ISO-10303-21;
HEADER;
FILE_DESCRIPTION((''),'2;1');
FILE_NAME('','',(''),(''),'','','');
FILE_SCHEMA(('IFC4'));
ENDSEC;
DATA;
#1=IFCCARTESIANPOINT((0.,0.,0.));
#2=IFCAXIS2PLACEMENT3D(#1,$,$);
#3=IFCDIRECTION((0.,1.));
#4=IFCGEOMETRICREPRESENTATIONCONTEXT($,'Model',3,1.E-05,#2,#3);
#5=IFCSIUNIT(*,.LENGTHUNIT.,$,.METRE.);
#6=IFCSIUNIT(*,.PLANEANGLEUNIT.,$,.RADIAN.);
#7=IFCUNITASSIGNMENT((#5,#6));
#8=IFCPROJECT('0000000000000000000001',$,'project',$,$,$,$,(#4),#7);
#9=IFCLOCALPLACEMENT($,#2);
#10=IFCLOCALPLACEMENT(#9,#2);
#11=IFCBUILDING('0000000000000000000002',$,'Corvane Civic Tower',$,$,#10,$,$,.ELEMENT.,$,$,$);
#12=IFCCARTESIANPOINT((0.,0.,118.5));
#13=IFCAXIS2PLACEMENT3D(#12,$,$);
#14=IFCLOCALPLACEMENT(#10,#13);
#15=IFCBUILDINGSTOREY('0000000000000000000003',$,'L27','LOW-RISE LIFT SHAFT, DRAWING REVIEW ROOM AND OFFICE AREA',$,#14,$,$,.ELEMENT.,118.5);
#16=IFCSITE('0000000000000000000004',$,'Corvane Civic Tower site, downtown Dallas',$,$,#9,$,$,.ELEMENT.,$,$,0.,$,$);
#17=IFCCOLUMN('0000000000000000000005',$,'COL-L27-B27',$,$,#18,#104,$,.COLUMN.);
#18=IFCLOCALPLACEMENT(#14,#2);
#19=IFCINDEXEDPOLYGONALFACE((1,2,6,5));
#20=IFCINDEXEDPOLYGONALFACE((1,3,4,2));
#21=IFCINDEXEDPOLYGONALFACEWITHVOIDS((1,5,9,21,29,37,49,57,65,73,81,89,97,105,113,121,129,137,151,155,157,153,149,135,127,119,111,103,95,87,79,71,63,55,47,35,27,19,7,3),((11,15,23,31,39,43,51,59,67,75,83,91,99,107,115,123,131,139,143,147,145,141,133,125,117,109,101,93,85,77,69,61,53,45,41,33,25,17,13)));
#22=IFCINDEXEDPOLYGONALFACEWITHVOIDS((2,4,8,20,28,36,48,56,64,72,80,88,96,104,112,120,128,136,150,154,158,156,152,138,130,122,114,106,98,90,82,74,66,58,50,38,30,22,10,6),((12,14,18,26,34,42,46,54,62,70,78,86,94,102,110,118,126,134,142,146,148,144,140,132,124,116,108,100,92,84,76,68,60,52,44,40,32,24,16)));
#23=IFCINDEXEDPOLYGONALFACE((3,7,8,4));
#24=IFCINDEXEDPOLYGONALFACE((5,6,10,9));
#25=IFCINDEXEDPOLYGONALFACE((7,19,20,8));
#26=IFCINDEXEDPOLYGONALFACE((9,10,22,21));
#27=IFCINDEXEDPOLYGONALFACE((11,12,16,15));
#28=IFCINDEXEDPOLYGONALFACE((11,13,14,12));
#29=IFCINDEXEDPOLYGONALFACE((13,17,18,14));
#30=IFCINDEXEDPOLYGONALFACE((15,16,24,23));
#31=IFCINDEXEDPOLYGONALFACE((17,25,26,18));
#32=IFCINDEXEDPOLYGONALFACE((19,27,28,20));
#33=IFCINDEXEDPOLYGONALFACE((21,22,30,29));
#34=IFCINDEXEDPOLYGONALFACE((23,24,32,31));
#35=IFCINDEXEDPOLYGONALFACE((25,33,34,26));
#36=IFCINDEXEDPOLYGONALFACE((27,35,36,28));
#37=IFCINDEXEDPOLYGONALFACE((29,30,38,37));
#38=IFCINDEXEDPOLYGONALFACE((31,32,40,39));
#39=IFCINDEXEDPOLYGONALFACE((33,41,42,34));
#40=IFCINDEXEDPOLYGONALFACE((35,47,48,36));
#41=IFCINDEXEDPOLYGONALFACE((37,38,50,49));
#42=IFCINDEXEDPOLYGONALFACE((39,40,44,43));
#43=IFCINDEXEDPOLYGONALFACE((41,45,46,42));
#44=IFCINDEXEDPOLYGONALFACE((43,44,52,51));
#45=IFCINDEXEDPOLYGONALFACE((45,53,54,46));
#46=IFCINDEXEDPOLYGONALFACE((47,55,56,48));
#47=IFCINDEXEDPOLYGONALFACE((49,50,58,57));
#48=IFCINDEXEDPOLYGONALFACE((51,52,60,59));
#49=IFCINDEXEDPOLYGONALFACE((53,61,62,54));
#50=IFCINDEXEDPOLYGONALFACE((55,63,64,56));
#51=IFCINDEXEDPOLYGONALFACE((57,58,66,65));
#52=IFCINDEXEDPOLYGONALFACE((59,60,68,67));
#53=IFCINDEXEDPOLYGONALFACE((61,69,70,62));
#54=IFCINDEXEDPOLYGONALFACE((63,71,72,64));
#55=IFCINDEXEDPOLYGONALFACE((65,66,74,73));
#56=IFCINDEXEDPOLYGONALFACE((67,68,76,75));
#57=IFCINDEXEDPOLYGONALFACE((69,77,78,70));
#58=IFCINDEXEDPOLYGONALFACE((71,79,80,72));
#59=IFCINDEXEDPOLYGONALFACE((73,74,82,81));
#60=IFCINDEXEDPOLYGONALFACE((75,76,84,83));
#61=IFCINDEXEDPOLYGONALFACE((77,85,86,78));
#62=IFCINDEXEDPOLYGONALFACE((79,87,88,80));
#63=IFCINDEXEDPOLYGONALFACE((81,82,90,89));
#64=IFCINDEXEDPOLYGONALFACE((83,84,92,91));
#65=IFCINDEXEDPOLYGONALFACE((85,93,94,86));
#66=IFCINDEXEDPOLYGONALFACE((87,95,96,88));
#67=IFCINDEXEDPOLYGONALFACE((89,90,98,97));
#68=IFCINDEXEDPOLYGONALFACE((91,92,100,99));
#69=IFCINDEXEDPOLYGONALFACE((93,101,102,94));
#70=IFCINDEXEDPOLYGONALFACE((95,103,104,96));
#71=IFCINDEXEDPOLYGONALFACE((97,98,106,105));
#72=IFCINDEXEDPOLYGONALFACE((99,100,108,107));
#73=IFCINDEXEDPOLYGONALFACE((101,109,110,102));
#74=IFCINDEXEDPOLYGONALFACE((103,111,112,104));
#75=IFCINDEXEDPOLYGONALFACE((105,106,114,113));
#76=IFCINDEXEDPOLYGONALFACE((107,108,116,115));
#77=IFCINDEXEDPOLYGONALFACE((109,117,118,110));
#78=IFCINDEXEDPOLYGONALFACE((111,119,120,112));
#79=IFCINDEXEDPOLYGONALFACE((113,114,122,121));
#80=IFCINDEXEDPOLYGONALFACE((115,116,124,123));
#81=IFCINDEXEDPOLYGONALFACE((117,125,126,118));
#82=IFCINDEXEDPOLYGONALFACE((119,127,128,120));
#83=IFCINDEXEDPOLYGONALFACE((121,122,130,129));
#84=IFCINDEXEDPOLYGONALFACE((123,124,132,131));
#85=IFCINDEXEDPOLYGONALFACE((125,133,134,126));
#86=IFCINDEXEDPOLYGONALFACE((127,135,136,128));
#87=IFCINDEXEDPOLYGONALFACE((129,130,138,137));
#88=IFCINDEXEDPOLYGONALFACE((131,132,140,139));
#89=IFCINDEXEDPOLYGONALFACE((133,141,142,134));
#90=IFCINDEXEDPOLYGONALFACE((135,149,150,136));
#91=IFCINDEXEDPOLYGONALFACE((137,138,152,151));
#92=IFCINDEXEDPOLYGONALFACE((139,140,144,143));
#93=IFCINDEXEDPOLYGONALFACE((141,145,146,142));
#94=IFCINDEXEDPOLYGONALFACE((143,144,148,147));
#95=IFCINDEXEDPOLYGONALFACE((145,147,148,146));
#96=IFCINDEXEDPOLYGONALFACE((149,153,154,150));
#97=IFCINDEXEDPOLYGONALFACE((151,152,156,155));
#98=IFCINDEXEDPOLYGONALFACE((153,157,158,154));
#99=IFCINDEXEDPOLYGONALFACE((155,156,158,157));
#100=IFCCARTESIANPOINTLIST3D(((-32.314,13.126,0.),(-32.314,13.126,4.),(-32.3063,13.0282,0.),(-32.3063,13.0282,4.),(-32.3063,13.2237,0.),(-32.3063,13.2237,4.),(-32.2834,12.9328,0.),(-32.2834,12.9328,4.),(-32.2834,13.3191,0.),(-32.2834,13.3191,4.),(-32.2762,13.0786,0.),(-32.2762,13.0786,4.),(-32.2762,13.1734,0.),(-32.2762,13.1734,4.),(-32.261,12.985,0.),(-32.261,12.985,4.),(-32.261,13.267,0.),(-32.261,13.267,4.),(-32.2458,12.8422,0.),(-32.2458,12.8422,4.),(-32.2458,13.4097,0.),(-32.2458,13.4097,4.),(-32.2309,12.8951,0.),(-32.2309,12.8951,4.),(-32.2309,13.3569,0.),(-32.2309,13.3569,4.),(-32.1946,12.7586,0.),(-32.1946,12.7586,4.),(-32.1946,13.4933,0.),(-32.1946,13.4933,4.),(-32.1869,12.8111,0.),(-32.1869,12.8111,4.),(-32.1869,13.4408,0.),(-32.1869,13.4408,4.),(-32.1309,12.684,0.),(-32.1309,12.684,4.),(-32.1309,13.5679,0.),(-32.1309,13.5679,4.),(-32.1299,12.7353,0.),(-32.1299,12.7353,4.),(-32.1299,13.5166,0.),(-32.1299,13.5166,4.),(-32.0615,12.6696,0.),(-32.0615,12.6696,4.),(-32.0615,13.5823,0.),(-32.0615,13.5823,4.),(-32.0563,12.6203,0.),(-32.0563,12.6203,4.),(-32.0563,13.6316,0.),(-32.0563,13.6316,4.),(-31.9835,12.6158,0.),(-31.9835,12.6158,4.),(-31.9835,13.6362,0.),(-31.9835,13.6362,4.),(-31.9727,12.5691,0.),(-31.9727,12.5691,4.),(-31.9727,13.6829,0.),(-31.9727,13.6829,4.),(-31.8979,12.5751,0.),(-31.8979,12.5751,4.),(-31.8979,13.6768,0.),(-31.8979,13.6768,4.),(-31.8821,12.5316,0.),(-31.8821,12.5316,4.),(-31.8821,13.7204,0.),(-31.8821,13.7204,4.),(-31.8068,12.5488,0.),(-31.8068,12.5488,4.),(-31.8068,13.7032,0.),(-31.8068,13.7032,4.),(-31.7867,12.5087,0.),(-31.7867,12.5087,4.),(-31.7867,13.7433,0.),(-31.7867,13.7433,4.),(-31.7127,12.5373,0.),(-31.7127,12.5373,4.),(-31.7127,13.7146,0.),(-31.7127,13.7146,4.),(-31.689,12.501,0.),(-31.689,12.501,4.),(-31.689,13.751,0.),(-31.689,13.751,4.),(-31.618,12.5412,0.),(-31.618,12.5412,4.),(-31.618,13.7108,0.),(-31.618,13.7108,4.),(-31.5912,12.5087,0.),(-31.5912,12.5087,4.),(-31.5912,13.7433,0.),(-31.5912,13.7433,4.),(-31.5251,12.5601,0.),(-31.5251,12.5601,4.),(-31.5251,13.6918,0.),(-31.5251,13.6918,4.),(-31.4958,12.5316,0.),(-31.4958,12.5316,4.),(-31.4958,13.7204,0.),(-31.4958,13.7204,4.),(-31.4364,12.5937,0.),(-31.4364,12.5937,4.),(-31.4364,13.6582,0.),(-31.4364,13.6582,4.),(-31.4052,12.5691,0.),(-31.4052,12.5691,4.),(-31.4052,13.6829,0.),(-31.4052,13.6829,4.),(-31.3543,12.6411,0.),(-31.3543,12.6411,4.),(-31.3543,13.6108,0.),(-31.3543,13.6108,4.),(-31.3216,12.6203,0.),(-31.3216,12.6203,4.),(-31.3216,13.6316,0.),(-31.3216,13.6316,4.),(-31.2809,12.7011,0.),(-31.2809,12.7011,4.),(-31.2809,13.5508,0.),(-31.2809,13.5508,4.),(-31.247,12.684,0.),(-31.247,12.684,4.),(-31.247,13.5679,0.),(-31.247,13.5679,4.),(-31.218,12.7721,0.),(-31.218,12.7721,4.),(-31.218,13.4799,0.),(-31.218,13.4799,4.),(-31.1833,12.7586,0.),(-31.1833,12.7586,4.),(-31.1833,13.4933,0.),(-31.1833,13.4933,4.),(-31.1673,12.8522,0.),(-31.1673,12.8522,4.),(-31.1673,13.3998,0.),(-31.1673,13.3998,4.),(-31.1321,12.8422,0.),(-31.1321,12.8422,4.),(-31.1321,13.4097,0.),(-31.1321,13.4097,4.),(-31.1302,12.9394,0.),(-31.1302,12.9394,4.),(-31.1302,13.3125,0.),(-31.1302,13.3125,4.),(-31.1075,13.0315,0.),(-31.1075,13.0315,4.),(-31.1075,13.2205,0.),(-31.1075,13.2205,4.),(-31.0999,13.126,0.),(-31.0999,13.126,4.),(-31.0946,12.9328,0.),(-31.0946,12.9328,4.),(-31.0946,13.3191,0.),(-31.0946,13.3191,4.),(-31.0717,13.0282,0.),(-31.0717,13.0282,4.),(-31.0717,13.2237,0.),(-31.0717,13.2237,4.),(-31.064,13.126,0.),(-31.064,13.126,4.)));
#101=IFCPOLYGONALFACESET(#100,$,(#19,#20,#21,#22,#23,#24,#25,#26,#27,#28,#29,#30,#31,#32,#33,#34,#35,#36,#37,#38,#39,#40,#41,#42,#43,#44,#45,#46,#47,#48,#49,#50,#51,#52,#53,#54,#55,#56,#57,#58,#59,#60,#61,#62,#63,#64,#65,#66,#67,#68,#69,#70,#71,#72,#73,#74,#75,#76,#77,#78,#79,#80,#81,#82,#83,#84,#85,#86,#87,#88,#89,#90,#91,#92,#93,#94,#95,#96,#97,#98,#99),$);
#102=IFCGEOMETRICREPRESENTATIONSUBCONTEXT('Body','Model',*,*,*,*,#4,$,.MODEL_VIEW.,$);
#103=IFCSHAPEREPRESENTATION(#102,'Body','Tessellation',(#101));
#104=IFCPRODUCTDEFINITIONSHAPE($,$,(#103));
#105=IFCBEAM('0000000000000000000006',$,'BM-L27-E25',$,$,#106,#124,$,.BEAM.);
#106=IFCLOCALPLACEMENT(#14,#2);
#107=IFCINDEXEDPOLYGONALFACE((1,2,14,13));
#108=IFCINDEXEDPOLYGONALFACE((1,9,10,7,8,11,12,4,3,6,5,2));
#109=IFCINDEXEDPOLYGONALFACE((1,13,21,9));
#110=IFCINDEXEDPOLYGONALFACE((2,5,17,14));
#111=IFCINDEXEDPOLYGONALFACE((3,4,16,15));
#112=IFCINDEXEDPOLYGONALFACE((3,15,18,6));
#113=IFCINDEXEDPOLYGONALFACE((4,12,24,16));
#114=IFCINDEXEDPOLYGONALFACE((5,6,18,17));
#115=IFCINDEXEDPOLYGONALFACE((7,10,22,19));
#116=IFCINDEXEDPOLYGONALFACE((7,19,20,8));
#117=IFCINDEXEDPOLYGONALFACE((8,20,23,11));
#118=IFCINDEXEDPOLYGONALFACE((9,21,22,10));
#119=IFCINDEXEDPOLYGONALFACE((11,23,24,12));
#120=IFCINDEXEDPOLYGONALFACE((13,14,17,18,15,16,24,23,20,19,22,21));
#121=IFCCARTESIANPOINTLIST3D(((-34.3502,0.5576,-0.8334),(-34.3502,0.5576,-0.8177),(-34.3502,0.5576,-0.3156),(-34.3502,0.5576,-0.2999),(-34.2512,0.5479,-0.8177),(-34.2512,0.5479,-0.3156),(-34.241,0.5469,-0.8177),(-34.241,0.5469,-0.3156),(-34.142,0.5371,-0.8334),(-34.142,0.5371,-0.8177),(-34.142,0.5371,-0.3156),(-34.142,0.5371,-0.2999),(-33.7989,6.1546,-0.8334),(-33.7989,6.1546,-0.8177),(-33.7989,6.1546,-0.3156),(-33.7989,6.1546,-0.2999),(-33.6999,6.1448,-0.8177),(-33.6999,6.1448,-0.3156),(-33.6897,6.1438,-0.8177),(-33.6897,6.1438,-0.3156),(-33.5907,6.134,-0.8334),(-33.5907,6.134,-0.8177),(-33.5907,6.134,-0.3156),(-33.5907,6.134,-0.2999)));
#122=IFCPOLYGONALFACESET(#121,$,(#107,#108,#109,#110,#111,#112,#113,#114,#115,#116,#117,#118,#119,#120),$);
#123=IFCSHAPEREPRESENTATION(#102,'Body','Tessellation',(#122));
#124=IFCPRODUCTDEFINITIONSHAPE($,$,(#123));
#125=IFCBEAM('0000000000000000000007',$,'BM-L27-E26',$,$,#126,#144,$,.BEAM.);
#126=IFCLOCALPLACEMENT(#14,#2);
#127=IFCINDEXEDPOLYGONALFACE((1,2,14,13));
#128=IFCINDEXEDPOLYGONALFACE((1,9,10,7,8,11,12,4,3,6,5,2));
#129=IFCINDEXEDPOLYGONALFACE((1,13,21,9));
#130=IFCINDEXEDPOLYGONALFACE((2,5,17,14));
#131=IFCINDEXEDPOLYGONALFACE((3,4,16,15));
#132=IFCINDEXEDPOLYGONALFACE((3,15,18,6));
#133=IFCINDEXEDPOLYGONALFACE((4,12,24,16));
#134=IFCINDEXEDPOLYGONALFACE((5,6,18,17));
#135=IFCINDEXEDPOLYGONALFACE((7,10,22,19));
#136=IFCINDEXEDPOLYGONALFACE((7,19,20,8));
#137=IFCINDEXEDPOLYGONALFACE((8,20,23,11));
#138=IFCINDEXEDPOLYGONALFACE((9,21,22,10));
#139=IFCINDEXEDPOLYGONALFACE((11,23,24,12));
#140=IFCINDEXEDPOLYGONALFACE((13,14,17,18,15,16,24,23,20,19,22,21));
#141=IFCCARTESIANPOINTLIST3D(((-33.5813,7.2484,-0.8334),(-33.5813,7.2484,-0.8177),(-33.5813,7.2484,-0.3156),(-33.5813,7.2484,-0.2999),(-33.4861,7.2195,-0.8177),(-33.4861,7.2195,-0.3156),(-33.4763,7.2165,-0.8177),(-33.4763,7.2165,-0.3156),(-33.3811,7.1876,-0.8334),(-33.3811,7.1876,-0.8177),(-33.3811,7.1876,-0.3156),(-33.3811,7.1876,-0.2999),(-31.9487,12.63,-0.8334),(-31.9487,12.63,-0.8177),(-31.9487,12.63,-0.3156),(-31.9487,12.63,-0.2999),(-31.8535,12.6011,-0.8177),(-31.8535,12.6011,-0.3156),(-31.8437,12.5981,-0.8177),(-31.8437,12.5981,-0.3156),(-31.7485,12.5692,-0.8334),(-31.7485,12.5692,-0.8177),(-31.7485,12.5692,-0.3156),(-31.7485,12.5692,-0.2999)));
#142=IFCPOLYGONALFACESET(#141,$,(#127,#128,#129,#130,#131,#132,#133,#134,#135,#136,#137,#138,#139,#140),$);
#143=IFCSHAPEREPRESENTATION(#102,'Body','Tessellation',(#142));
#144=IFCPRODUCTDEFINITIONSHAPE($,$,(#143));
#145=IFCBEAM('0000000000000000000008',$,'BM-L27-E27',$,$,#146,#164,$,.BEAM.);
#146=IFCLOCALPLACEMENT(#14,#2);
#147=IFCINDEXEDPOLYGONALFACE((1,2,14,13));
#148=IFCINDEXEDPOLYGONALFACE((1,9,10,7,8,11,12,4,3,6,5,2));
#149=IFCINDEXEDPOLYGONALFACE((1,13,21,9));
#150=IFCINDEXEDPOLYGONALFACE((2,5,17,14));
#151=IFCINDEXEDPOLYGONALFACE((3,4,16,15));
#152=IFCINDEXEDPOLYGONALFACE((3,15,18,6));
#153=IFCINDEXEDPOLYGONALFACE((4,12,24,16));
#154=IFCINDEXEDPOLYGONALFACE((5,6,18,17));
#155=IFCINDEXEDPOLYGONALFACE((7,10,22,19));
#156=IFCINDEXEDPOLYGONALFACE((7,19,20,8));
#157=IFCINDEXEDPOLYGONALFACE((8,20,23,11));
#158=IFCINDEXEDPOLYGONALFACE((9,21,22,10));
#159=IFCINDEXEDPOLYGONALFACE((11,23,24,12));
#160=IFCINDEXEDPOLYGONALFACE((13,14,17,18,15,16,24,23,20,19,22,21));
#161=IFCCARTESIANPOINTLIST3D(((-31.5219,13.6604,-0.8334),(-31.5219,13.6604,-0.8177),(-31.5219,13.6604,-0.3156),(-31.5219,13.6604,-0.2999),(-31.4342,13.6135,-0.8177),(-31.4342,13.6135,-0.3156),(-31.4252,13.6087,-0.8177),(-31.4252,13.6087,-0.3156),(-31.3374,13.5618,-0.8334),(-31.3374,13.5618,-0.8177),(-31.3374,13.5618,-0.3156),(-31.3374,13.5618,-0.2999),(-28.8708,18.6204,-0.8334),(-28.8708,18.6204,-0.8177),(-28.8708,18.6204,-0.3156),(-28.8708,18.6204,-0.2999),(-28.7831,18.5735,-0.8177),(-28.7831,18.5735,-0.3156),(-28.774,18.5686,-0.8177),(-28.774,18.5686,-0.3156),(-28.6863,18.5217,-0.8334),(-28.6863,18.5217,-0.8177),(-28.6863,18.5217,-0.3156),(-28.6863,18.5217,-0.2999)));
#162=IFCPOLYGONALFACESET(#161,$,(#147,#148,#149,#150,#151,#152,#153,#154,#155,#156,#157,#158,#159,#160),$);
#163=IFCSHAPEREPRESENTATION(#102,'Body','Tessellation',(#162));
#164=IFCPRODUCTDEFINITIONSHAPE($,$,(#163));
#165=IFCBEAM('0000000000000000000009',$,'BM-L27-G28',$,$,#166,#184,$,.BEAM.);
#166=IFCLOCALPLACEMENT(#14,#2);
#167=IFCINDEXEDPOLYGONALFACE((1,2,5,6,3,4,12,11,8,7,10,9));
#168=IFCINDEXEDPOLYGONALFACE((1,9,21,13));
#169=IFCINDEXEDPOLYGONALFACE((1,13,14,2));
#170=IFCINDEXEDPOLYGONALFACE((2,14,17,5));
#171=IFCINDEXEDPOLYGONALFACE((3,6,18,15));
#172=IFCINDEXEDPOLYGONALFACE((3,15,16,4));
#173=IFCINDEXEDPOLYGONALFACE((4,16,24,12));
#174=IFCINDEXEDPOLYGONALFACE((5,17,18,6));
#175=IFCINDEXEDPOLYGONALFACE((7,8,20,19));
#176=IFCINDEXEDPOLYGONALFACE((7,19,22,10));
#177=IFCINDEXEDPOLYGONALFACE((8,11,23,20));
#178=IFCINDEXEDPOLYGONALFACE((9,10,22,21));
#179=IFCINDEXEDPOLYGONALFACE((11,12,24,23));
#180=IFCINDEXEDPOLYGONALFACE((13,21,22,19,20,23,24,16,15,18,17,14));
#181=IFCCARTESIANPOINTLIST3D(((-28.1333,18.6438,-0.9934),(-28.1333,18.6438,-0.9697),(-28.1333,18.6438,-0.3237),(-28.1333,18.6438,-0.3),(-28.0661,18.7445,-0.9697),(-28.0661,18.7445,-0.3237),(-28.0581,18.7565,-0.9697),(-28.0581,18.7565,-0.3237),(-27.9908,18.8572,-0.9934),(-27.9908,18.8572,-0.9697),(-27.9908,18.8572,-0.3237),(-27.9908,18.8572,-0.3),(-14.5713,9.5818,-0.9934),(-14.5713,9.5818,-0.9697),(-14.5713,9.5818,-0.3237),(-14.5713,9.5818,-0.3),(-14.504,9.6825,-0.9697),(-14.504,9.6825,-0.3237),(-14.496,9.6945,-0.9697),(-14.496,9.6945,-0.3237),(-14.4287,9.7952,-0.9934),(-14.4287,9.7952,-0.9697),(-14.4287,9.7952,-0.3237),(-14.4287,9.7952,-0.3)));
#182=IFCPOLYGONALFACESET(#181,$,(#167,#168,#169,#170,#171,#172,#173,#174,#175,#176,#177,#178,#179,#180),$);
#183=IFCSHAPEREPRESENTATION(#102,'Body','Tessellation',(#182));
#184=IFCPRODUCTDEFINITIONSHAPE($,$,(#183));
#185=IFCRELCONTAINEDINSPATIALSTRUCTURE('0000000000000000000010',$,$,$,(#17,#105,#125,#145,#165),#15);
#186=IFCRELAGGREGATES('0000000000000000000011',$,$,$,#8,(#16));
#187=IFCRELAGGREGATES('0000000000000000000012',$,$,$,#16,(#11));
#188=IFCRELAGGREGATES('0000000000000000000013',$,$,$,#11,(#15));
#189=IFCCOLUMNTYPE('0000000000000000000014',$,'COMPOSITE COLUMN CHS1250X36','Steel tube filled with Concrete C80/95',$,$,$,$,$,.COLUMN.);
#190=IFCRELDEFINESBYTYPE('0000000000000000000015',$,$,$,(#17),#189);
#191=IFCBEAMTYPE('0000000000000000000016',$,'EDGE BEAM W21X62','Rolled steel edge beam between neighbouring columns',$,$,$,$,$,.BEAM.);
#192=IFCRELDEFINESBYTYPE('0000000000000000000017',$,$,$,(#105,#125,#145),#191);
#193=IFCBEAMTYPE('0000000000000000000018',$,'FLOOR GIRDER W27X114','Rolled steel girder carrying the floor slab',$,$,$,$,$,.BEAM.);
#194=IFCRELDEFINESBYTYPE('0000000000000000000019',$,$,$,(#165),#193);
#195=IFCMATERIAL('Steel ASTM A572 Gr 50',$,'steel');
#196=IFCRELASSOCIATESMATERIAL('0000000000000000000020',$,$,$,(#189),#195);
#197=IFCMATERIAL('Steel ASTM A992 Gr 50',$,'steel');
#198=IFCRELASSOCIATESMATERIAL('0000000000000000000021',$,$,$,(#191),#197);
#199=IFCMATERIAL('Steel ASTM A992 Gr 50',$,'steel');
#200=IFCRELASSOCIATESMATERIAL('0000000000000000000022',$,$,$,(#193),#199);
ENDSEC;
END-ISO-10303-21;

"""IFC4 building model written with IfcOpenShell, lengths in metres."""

from ifc_helpers import new_model, si_unit, direction, frame, origin, origin_2d, place, context, subcontext, project, spatial, hollow_circle, i_section, extrude, material, material_profile, profile_set, type_object, element, save


model = new_model("IFC4")

# Units and contexts
model_context = context("Model", 3, precision=1e-05, world=origin(), true_north=direction((0.0, 1.0)))
body_context = subcontext(model_context, "Body", "Model", "MODEL_VIEW")
ifc_project = project(units=[si_unit("LENGTHUNIT", "METRE"), si_unit("PLANEANGLEUNIT", "RADIAN")], contexts=[model_context])

# Site, building, storey
site_placement = place(None, origin())
site = spatial("IfcSite", under=ifc_project, at=site_placement, Name="Corvane Civic Tower site, downtown Dallas", CompositionType="ELEMENT", RefElevation=0.0)
building_placement = place(site_placement, origin())
building = spatial("IfcBuilding", under=site, at=building_placement, Name="Corvane Civic Tower", CompositionType="ELEMENT")
storey_placement = place(building_placement, frame((0.0, 0.0, 118.5)))
storey = spatial("IfcBuildingStorey", under=building, at=storey_placement, Name="L27", Description="LOW-RISE LIFT SHAFT, DRAWING REVIEW ROOM AND OFFICE AREA", CompositionType="ELEMENT", Elevation=118.5)

# Column
ifc_material_1 = material(Name="Steel ASTM A572 Gr 50", Category="steel")
ifc_material_profile_1 = material_profile(ifc_material_1, hollow_circle(Radius=0.625, WallThickness=0.0359, at=origin_2d()), Name="CHS1250X36")
ifc_profile_set_1 = profile_set([ifc_material_profile_1], Name="Steel ASTM A572 Gr 50")
column_type = type_object("IfcColumnType", Name="COMPOSITE COLUMN CHS1250X36", Description="Steel tube filled with Concrete C80/95", PredefinedType="COLUMN", material=ifc_profile_set_1)
for number, where, z_axis, x_axis, name in (
    (1, (-31.689, 13.126, 0.0), (0.0, 0.0, 1.0), (1.0, 0.0, 0.0), "COL-L27-B27"),
):
    element("IfcColumn", number, at=place(storey_placement, frame(where, z_axis=z_axis, x_axis=x_axis)), inside=storey, type_object=column_type, Name=name, PredefinedType="COLUMN", context=body_context, shape_type="SweptSolid", body=[
        extrude(hollow_circle(Radius=0.625, WallThickness=0.0359, at=origin_2d()), origin(), (0.0, 0.0, 1.0), 4.0),
    ])

# Beams
ifc_material_2 = material(Name="Steel ASTM A992 Gr 50", Category="steel")
ifc_material_profile_2 = material_profile(ifc_material_2, i_section(OverallWidth=0.2092, OverallDepth=0.5334, WebThickness=0.0103, FlangeThickness=0.0156, at=origin_2d()), Name="W21X62")
ifc_profile_set_2 = profile_set([ifc_material_profile_2], Name="Steel ASTM A992 Gr 50")
beam_type_1 = type_object("IfcBeamType", Name="EDGE BEAM W21X62", Description="Rolled steel edge beam between neighbouring columns", PredefinedType="BEAM", material=ifc_profile_set_2)
beam_1_placement = place(storey_placement, frame((-34.2461, 0.5474, -0.5667), z_axis=(0.098021, 0.995184, 0.0), x_axis=(-0.995184, 0.098021, 0.0)))
element("IfcBeam", 2, at=beam_1_placement, inside=storey, type_object=beam_type_1, Name="BM-L27-E25", PredefinedType="BEAM", context=body_context, shape_type="SweptSolid", body=[
    extrude(i_section(OverallWidth=0.2092, OverallDepth=0.5334, WebThickness=0.0103, FlangeThickness=0.0156, at=origin_2d()), origin(), (0.0, 0.0, 1.0), 5.624),
])
beam_2_placement = place(storey_placement, frame((-33.4812, 7.218, -0.5667), z_axis=(0.290298, 0.956936, 0.0), x_axis=(-0.956936, 0.290298, 0.0)))
element("IfcBeam", 3, at=beam_2_placement, inside=storey, type_object=beam_type_1, Name="BM-L27-E26", PredefinedType="BEAM", context=body_context, shape_type="SweptSolid", body=[
    extrude(i_section(OverallWidth=0.2092, OverallDepth=0.5334, WebThickness=0.0103, FlangeThickness=0.0156, at=origin_2d()), origin(), (0.0, 0.0, 1.0), 5.6238),
])
beam_3_placement = place(storey_placement, frame((-31.4297, 13.6111, -0.5667), z_axis=(0.471392, 0.881924, 0.0), x_axis=(-0.881924, 0.471392, 0.0)))
element("IfcBeam", 4, at=beam_3_placement, inside=storey, type_object=beam_type_1, Name="BM-L27-E27", PredefinedType="BEAM", context=body_context, shape_type="SweptSolid", body=[
    extrude(i_section(OverallWidth=0.2092, OverallDepth=0.5334, WebThickness=0.0103, FlangeThickness=0.0156, at=origin_2d()), origin(), (0.0, 0.0, 1.0), 5.624),
])
ifc_material_3 = material(Name="Steel ASTM A992 Gr 50", Category="steel")
ifc_material_profile_3 = material_profile(ifc_material_3, i_section(OverallWidth=0.2566, OverallDepth=0.6934, WebThickness=0.0144, FlangeThickness=0.0237, at=origin_2d()), Name="W27X114")
ifc_profile_set_3 = profile_set([ifc_material_profile_3], Name="Steel ASTM A992 Gr 50")
beam_type_2 = type_object("IfcBeamType", Name="FLOOR GIRDER W27X114", Description="Rolled steel girder carrying the floor slab", PredefinedType="BEAM", material=ifc_profile_set_3)
beam_4_placement = place(storey_placement, frame((-14.5, 9.6885, -0.6467), z_axis=(-0.831465, 0.555577, 0.0), x_axis=(-0.555577, -0.831465, 0.0)))
element("IfcBeam", 5, at=beam_4_placement, inside=storey, type_object=beam_type_2, Name="BM-L27-G28", PredefinedType="BEAM", context=body_context, shape_type="SweptSolid", body=[
    extrude(i_section(OverallWidth=0.2566, OverallDepth=0.6934, WebThickness=0.0144, FlangeThickness=0.0237, at=origin_2d()), origin(), (0.0, 0.0, 1.0), 16.311),
])

save(model, "model.ifc")
